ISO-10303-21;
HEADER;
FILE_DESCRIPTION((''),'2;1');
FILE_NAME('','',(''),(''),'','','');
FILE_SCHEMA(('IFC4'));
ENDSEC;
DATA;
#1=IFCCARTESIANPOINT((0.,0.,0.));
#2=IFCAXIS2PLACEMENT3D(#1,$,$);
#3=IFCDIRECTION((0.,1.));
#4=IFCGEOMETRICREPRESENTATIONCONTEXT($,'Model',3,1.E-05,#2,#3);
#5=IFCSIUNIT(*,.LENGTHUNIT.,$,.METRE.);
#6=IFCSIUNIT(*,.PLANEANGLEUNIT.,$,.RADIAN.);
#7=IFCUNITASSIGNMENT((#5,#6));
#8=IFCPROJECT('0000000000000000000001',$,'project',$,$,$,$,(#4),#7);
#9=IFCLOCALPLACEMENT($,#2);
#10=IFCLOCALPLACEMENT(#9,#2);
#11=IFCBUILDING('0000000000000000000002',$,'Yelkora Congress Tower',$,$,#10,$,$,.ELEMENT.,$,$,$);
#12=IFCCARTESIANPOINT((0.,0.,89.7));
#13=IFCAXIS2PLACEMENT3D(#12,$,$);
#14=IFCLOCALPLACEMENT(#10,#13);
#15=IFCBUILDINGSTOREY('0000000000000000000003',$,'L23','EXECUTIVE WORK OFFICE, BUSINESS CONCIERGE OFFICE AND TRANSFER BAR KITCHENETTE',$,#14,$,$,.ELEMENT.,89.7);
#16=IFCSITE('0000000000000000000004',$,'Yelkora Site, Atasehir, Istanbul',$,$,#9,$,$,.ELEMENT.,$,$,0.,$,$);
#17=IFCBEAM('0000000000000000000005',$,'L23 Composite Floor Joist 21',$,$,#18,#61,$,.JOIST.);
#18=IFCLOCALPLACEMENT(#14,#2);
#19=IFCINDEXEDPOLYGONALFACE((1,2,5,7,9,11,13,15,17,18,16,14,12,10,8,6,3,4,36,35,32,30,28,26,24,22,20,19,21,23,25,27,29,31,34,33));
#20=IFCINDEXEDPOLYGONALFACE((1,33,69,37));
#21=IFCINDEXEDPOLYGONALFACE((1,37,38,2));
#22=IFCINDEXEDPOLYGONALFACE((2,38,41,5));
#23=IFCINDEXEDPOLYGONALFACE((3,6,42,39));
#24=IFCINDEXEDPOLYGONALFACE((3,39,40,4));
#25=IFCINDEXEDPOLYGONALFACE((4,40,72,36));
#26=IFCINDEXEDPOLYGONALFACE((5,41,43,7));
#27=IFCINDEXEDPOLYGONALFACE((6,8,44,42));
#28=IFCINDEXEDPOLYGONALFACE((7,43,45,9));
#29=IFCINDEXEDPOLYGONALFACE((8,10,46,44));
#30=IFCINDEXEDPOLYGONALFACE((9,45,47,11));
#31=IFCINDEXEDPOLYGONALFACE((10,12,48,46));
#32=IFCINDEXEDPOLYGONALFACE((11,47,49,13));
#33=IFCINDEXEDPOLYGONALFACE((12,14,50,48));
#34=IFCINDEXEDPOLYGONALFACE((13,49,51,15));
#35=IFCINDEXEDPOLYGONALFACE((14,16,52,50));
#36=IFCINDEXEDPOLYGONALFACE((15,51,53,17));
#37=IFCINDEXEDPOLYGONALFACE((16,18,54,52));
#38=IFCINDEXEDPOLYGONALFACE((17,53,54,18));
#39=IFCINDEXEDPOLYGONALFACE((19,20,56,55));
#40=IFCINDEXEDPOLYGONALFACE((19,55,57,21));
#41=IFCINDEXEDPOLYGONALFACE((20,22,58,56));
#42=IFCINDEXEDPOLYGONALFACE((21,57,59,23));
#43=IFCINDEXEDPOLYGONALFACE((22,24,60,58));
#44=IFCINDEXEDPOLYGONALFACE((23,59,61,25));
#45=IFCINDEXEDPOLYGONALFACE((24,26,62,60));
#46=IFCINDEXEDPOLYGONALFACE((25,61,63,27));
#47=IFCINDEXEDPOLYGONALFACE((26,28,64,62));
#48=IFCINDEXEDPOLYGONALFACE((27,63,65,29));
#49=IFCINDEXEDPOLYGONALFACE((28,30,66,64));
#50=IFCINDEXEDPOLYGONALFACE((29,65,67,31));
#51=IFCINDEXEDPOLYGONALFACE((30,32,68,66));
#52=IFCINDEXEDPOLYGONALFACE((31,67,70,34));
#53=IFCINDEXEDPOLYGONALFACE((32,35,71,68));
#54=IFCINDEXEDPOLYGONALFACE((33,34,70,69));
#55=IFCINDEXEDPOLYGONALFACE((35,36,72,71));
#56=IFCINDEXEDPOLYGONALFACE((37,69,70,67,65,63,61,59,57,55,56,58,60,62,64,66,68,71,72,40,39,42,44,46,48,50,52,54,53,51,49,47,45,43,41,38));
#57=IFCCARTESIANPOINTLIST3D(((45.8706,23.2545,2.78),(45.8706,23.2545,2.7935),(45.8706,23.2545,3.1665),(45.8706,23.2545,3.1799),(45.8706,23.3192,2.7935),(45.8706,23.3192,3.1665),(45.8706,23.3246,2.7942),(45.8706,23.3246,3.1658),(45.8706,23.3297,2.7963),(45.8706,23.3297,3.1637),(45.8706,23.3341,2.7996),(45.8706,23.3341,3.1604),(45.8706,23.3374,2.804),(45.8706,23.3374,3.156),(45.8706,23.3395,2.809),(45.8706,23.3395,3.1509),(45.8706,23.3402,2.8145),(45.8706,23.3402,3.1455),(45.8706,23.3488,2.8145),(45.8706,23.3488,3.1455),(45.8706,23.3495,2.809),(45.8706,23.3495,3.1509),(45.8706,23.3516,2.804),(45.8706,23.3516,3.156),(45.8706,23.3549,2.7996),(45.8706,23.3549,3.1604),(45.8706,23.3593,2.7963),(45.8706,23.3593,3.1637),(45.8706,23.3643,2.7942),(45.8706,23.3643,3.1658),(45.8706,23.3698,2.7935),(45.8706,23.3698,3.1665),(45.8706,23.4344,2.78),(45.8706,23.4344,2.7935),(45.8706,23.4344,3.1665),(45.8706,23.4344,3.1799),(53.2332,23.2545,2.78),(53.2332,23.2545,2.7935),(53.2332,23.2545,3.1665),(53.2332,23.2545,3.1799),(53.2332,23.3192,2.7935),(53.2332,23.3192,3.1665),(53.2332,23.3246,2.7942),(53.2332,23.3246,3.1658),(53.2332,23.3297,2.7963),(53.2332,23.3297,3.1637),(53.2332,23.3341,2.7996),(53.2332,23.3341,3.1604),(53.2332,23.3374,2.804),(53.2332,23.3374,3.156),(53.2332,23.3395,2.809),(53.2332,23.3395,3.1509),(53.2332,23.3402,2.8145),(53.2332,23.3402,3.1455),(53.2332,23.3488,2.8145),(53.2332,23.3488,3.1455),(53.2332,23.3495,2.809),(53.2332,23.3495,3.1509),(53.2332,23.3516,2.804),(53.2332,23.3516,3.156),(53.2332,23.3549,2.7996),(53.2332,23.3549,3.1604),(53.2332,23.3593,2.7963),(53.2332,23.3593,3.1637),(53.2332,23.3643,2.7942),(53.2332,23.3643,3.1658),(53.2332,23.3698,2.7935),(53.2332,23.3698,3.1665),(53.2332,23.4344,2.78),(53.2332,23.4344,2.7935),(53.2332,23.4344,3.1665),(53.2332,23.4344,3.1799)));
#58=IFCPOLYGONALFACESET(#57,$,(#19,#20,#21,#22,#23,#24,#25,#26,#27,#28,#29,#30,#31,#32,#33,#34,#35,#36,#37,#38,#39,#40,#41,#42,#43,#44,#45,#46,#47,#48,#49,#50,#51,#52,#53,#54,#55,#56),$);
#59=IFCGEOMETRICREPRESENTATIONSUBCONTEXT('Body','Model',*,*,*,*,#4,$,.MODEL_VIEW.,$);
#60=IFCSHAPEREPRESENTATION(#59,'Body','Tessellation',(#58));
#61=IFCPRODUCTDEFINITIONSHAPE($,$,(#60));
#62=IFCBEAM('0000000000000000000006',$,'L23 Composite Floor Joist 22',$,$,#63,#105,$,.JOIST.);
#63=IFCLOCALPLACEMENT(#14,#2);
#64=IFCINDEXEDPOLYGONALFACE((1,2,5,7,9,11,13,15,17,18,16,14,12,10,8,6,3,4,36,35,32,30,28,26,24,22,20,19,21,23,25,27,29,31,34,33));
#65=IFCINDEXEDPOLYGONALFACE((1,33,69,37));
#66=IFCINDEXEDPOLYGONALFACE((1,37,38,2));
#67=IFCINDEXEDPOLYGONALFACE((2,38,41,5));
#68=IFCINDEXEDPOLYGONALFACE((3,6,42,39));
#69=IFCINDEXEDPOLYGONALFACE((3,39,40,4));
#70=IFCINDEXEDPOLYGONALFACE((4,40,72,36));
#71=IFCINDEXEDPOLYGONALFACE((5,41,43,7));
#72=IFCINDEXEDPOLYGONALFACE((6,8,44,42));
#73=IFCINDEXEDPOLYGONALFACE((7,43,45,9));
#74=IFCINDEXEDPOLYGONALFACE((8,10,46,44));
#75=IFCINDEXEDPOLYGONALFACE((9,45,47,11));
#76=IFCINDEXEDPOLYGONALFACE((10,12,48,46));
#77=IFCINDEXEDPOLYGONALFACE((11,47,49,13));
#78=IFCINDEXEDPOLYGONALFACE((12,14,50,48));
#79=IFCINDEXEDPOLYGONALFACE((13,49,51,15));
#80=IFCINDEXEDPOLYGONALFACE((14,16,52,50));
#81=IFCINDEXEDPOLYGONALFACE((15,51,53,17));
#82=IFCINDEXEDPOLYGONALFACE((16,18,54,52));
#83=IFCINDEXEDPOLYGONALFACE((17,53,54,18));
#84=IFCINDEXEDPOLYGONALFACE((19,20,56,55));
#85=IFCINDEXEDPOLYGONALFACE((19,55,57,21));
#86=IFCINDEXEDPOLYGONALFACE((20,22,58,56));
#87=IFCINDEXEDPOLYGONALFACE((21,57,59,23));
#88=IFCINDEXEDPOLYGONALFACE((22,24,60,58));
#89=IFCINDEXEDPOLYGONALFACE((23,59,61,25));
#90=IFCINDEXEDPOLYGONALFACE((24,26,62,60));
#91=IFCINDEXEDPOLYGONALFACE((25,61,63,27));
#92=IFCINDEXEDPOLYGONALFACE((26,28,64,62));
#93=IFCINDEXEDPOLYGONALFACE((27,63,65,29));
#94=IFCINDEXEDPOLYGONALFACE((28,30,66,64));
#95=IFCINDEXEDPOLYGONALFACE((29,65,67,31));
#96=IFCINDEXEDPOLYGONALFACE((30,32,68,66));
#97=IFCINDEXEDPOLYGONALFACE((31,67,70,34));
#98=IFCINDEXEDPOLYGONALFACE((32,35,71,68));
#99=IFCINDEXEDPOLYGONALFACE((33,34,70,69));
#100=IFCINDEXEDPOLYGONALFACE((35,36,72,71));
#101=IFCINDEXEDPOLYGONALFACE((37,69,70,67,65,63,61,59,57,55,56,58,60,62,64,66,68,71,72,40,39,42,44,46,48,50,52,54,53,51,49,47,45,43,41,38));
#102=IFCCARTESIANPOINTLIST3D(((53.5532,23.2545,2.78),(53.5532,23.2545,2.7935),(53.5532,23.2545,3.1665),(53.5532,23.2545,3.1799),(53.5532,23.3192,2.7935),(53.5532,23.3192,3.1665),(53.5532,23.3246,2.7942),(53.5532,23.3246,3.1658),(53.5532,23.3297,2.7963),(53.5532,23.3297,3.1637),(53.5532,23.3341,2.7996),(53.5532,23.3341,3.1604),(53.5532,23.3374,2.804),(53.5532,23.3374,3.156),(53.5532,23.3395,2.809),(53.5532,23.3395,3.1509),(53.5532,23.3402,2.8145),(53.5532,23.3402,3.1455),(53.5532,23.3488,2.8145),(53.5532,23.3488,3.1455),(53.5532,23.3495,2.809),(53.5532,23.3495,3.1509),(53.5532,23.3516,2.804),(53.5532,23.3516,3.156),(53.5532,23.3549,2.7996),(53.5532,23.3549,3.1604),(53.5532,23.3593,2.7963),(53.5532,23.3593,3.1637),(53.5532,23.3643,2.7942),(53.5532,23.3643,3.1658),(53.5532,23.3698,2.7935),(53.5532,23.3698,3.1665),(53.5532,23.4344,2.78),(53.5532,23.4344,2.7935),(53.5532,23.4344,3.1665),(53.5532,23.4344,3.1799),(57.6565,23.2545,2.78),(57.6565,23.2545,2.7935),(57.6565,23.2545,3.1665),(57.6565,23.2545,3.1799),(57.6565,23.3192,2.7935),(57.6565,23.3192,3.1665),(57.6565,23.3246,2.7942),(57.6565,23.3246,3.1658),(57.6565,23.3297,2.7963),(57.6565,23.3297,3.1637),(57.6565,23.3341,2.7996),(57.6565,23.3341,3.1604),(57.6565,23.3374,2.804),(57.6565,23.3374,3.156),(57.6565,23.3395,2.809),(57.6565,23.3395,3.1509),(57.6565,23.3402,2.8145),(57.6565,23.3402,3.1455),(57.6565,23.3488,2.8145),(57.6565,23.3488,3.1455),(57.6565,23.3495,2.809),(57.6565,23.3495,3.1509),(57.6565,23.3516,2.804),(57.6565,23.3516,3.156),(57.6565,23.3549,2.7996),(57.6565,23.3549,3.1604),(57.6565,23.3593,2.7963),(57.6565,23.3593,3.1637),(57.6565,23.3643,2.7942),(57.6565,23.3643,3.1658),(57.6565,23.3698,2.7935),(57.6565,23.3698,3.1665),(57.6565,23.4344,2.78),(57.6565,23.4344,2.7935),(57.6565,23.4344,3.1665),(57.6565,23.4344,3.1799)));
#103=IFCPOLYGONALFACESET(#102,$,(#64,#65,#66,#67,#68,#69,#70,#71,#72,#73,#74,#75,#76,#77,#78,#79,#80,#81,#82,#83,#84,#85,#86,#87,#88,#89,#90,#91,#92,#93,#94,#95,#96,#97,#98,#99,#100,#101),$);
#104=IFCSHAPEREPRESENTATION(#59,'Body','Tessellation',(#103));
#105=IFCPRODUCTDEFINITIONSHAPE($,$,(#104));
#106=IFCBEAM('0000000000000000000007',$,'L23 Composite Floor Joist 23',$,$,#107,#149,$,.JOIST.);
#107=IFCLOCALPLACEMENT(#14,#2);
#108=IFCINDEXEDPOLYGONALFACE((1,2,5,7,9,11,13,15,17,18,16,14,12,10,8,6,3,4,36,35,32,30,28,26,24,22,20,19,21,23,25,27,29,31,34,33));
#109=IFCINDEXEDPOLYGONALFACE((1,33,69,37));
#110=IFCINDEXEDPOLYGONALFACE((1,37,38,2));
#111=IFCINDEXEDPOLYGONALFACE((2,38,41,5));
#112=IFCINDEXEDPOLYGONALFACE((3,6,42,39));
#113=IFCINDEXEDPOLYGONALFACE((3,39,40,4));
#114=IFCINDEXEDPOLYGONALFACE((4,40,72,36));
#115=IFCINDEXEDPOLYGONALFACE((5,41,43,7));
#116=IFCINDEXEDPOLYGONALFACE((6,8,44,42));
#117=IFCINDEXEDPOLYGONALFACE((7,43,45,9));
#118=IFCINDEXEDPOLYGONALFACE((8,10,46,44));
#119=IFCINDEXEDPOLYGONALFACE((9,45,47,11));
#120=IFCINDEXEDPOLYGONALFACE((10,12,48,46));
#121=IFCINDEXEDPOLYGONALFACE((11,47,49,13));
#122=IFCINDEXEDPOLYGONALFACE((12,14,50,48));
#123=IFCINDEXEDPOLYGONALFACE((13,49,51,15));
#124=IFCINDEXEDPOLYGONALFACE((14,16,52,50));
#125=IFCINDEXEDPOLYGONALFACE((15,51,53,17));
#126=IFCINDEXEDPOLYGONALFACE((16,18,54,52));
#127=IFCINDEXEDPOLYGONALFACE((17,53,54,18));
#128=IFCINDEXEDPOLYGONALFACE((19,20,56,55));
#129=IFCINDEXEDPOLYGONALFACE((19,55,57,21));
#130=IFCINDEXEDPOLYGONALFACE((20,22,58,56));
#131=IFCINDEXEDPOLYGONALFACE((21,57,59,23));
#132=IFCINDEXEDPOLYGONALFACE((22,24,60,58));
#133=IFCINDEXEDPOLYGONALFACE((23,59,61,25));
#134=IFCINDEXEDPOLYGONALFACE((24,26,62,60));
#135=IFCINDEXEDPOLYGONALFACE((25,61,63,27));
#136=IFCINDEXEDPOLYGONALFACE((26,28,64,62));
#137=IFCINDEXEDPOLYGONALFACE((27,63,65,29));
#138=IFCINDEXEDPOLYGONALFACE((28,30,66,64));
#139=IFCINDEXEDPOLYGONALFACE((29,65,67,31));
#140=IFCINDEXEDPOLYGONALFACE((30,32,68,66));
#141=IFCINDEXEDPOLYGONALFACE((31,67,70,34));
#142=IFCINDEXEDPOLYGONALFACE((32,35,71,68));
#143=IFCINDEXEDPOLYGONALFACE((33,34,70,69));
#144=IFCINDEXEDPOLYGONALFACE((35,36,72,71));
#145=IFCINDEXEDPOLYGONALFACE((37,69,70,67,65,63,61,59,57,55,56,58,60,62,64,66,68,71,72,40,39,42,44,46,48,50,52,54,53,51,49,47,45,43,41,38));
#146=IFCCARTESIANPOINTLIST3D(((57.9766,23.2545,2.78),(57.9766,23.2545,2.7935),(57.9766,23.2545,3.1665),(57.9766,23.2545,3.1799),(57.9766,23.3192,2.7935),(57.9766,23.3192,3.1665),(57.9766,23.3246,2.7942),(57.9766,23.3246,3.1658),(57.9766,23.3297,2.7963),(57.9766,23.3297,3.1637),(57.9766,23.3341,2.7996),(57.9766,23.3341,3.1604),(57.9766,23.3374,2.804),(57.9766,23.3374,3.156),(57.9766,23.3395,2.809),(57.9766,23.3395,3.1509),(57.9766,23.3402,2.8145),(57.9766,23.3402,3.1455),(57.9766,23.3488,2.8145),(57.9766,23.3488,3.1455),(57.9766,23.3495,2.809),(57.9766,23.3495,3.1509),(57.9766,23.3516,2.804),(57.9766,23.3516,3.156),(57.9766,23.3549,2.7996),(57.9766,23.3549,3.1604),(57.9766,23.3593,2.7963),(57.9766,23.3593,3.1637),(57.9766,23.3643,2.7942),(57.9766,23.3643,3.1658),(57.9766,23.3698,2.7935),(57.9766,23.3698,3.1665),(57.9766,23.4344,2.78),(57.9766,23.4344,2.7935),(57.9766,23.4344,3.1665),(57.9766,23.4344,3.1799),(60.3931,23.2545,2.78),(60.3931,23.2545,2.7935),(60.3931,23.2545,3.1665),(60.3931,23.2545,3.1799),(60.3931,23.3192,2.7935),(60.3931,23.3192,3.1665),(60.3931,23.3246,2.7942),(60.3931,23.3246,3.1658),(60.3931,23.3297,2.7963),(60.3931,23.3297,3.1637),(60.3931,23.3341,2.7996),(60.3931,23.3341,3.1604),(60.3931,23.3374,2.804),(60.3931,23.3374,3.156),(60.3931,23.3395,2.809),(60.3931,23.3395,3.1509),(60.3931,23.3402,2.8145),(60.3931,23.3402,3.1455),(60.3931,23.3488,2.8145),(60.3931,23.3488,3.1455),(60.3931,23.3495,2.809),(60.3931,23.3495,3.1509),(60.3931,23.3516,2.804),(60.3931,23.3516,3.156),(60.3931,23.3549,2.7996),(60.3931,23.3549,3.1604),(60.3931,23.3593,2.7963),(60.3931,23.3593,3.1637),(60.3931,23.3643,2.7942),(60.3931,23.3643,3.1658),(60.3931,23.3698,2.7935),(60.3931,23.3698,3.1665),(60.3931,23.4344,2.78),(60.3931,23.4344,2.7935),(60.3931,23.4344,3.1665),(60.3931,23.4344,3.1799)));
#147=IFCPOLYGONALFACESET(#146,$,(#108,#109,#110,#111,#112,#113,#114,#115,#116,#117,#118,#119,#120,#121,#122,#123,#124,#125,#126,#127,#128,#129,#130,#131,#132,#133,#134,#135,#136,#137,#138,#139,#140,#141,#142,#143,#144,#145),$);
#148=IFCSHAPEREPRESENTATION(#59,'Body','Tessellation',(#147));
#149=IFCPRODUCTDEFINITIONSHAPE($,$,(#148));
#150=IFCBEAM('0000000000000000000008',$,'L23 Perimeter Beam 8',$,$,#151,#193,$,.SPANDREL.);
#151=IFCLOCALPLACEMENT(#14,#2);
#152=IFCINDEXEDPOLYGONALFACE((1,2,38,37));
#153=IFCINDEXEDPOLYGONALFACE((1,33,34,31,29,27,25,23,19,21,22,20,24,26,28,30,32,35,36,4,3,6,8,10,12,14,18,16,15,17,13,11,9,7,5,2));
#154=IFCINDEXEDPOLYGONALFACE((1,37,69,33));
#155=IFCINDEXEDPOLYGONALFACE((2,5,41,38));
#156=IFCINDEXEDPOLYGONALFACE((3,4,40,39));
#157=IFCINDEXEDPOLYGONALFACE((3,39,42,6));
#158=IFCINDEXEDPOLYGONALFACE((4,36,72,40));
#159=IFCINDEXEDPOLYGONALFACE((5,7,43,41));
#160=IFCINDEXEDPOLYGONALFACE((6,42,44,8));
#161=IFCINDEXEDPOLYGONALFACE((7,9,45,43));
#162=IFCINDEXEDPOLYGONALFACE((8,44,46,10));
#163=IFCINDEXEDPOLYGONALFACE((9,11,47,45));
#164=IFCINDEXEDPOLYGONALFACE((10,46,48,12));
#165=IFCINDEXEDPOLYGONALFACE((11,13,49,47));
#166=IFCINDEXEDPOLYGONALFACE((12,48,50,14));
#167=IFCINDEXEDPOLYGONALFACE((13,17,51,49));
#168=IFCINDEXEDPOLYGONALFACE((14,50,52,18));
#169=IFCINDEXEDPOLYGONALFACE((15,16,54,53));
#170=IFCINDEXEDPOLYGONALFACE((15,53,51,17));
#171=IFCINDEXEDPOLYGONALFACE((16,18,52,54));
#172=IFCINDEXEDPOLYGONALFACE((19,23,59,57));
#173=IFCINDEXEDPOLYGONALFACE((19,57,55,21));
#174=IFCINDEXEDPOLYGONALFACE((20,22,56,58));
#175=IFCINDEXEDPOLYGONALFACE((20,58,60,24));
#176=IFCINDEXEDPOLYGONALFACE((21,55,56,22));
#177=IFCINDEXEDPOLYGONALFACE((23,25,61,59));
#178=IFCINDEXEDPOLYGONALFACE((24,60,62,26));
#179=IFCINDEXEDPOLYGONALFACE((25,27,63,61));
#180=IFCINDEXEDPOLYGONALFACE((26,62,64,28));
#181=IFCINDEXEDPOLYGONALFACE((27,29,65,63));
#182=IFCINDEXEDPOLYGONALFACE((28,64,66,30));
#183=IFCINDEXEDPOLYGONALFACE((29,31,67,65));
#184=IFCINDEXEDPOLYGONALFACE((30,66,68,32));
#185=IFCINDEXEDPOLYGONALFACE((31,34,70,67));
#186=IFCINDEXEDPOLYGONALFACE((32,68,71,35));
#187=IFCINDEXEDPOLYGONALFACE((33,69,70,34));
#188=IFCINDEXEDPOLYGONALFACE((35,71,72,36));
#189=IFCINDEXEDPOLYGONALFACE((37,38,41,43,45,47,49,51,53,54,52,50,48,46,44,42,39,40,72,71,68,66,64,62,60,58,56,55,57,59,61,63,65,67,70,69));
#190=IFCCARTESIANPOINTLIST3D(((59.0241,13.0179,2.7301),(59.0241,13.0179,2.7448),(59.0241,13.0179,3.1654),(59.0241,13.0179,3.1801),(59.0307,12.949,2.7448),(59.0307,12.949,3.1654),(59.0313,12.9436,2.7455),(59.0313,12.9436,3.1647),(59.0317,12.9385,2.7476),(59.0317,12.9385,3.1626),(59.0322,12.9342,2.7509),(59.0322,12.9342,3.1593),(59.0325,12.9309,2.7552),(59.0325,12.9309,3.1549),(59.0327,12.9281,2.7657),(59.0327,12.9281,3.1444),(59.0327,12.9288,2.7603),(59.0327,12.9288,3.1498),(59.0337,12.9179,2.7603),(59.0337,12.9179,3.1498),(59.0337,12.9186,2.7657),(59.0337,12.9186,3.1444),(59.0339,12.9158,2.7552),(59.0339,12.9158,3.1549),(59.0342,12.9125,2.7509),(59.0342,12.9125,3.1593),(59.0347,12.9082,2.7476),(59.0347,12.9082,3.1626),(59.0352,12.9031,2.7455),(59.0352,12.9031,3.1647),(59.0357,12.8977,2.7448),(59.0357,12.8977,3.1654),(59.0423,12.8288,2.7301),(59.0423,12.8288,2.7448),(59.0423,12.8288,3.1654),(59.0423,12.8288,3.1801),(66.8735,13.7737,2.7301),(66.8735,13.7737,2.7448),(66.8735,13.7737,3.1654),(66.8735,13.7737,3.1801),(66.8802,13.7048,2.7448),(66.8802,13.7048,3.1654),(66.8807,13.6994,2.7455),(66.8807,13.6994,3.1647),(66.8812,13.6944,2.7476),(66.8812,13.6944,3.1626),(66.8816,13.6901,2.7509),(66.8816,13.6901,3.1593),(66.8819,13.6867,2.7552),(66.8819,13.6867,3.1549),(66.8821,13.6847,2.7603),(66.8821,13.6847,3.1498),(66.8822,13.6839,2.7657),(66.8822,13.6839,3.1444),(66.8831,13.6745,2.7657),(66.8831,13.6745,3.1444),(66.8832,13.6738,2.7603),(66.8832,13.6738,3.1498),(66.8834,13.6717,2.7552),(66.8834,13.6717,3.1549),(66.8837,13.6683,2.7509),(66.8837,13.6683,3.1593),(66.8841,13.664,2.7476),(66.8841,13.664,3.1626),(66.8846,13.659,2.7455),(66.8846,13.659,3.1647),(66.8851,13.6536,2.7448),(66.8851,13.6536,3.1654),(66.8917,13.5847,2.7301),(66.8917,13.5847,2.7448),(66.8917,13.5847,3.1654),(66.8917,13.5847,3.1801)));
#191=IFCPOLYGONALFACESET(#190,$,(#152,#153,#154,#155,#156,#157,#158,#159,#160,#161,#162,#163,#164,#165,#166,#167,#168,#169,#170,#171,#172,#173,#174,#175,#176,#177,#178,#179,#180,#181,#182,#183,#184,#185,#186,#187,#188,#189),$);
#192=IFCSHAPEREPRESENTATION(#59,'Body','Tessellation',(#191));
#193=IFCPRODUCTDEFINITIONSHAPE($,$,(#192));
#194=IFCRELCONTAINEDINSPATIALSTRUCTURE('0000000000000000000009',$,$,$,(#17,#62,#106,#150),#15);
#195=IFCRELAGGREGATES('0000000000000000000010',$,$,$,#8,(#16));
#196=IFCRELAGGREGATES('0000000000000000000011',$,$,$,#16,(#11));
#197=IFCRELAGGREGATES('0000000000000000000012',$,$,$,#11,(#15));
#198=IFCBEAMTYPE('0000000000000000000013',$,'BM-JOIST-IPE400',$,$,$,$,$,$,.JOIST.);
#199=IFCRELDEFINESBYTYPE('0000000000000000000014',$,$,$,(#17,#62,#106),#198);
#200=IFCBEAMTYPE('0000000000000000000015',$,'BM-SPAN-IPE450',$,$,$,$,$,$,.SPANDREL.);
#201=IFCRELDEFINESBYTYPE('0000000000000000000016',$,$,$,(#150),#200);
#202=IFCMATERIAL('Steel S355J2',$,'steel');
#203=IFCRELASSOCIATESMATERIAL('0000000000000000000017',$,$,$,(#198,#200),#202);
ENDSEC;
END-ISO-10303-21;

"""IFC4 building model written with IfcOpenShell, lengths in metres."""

from ifc_helpers import new_model, si_unit, direction, frame, origin, origin_2d, place, context, subcontext, project, spatial, i_section, extrude, material, material_profile, profile_set, type_object, element, save


model = new_model("IFC4")

# Units and contexts
model_context = context("Model", 3, precision=1e-05, world=origin(), true_north=direction((0.0, 1.0)))
body_context = subcontext(model_context, "Body", "Model", "MODEL_VIEW")
ifc_project = project(units=[si_unit("LENGTHUNIT", "METRE"), si_unit("PLANEANGLEUNIT", "RADIAN")], contexts=[model_context])

# Site, building, storey
site_placement = place(None, origin())
site = spatial("IfcSite", under=ifc_project, at=site_placement, Name="Yelkora Site, Atasehir, Istanbul", CompositionType="ELEMENT", RefElevation=0.0)
building_placement = place(site_placement, origin())
building = spatial("IfcBuilding", under=site, at=building_placement, Name="Yelkora Congress Tower", CompositionType="ELEMENT")
storey_placement = place(building_placement, frame((0.0, 0.0, 89.7)))
storey = spatial("IfcBuildingStorey", under=building, at=storey_placement, Name="L23", Description="EXECUTIVE WORK OFFICE, BUSINESS CONCIERGE OFFICE AND TRANSFER BAR KITCHENETTE", CompositionType="ELEMENT", Elevation=89.7)

# Beams
ifc_material_1 = material(Name="Steel S355J2", Category="steel")
ifc_material_profile_1 = material_profile(ifc_material_1, i_section(OverallWidth=0.1799, OverallDepth=0.3999, WebThickness=0.0085, FlangeThickness=0.0134, FilletRadius=0.021, at=origin_2d()), Name="IPE 400")
ifc_profile_set_1 = profile_set([ifc_material_profile_1], Name="Steel S355J2")
beam_type_1 = type_object("IfcBeamType", Name="BM-JOIST-IPE400", PredefinedType="JOIST", material=ifc_profile_set_1)
beam_1_placement = place(storey_placement, frame((45.8706, 23.3445, 2.98), z_axis=(1.0, 0.0, 0.0), x_axis=(0.0, 1.0, 0.0)))
element("IfcBeam", 1, at=beam_1_placement, inside=storey, type_object=beam_type_1, Name="L23 Composite Floor Joist 21", PredefinedType="JOIST", context=body_context, shape_type="SweptSolid", body=[
    extrude(i_section(OverallWidth=0.1799, OverallDepth=0.3999, WebThickness=0.0085, FlangeThickness=0.0134, FilletRadius=0.021, at=origin_2d()), origin(), (0.0, 0.0, 1.0), 7.3625),
])
beam_2_placement = place(storey_placement, frame((53.5532, 23.3445, 2.98), z_axis=(1.0, 0.0, 0.0), x_axis=(0.0, 1.0, 0.0)))
element("IfcBeam", 2, at=beam_2_placement, inside=storey, type_object=beam_type_1, Name="L23 Composite Floor Joist 22", PredefinedType="JOIST", context=body_context, shape_type="SweptSolid", body=[
    extrude(i_section(OverallWidth=0.1799, OverallDepth=0.3999, WebThickness=0.0085, FlangeThickness=0.0134, FilletRadius=0.021, at=origin_2d()), origin(), (0.0, 0.0, 1.0), 4.1033),
])
beam_3_placement = place(storey_placement, frame((57.9766, 23.3445, 2.98), z_axis=(1.0, 0.0, 0.0), x_axis=(0.0, 1.0, 0.0)))
element("IfcBeam", 3, at=beam_3_placement, inside=storey, type_object=beam_type_1, Name="L23 Composite Floor Joist 23", PredefinedType="JOIST", context=body_context, shape_type="SweptSolid", body=[
    extrude(i_section(OverallWidth=0.1799, OverallDepth=0.3999, WebThickness=0.0085, FlangeThickness=0.0134, FilletRadius=0.021, at=origin_2d()), origin(), (0.0, 0.0, 1.0), 2.4165),
])
ifc_material_profile_2 = material_profile(ifc_material_1, i_section(OverallWidth=0.1899, OverallDepth=0.45, WebThickness=0.0095, FlangeThickness=0.0146, FilletRadius=0.021, at=origin_2d()), Name="IPE 450")
ifc_profile_set_2 = profile_set([ifc_material_profile_2], Name="Steel S355J2")
beam_type_2 = type_object("IfcBeamType", Name="BM-SPAN-IPE450", PredefinedType="SPANDREL", material=ifc_profile_set_2)
beam_4_placement = place(storey_placement, frame((59.0332, 12.9233, 2.9551), z_axis=(0.995396, 0.095852, 0.0), x_axis=(-0.095852, 0.995396, 0.0)))
element("IfcBeam", 4, at=beam_4_placement, inside=storey, type_object=beam_type_2, Name="L23 Perimeter Beam 8", PredefinedType="SPANDREL", context=body_context, shape_type="SweptSolid", body=[
    extrude(i_section(OverallWidth=0.1899, OverallDepth=0.45, WebThickness=0.0095, FlangeThickness=0.0146, FilletRadius=0.021, at=origin_2d()), origin(), (0.0, 0.0, 1.0), 7.8857),
])

save(model, "model.ifc")
